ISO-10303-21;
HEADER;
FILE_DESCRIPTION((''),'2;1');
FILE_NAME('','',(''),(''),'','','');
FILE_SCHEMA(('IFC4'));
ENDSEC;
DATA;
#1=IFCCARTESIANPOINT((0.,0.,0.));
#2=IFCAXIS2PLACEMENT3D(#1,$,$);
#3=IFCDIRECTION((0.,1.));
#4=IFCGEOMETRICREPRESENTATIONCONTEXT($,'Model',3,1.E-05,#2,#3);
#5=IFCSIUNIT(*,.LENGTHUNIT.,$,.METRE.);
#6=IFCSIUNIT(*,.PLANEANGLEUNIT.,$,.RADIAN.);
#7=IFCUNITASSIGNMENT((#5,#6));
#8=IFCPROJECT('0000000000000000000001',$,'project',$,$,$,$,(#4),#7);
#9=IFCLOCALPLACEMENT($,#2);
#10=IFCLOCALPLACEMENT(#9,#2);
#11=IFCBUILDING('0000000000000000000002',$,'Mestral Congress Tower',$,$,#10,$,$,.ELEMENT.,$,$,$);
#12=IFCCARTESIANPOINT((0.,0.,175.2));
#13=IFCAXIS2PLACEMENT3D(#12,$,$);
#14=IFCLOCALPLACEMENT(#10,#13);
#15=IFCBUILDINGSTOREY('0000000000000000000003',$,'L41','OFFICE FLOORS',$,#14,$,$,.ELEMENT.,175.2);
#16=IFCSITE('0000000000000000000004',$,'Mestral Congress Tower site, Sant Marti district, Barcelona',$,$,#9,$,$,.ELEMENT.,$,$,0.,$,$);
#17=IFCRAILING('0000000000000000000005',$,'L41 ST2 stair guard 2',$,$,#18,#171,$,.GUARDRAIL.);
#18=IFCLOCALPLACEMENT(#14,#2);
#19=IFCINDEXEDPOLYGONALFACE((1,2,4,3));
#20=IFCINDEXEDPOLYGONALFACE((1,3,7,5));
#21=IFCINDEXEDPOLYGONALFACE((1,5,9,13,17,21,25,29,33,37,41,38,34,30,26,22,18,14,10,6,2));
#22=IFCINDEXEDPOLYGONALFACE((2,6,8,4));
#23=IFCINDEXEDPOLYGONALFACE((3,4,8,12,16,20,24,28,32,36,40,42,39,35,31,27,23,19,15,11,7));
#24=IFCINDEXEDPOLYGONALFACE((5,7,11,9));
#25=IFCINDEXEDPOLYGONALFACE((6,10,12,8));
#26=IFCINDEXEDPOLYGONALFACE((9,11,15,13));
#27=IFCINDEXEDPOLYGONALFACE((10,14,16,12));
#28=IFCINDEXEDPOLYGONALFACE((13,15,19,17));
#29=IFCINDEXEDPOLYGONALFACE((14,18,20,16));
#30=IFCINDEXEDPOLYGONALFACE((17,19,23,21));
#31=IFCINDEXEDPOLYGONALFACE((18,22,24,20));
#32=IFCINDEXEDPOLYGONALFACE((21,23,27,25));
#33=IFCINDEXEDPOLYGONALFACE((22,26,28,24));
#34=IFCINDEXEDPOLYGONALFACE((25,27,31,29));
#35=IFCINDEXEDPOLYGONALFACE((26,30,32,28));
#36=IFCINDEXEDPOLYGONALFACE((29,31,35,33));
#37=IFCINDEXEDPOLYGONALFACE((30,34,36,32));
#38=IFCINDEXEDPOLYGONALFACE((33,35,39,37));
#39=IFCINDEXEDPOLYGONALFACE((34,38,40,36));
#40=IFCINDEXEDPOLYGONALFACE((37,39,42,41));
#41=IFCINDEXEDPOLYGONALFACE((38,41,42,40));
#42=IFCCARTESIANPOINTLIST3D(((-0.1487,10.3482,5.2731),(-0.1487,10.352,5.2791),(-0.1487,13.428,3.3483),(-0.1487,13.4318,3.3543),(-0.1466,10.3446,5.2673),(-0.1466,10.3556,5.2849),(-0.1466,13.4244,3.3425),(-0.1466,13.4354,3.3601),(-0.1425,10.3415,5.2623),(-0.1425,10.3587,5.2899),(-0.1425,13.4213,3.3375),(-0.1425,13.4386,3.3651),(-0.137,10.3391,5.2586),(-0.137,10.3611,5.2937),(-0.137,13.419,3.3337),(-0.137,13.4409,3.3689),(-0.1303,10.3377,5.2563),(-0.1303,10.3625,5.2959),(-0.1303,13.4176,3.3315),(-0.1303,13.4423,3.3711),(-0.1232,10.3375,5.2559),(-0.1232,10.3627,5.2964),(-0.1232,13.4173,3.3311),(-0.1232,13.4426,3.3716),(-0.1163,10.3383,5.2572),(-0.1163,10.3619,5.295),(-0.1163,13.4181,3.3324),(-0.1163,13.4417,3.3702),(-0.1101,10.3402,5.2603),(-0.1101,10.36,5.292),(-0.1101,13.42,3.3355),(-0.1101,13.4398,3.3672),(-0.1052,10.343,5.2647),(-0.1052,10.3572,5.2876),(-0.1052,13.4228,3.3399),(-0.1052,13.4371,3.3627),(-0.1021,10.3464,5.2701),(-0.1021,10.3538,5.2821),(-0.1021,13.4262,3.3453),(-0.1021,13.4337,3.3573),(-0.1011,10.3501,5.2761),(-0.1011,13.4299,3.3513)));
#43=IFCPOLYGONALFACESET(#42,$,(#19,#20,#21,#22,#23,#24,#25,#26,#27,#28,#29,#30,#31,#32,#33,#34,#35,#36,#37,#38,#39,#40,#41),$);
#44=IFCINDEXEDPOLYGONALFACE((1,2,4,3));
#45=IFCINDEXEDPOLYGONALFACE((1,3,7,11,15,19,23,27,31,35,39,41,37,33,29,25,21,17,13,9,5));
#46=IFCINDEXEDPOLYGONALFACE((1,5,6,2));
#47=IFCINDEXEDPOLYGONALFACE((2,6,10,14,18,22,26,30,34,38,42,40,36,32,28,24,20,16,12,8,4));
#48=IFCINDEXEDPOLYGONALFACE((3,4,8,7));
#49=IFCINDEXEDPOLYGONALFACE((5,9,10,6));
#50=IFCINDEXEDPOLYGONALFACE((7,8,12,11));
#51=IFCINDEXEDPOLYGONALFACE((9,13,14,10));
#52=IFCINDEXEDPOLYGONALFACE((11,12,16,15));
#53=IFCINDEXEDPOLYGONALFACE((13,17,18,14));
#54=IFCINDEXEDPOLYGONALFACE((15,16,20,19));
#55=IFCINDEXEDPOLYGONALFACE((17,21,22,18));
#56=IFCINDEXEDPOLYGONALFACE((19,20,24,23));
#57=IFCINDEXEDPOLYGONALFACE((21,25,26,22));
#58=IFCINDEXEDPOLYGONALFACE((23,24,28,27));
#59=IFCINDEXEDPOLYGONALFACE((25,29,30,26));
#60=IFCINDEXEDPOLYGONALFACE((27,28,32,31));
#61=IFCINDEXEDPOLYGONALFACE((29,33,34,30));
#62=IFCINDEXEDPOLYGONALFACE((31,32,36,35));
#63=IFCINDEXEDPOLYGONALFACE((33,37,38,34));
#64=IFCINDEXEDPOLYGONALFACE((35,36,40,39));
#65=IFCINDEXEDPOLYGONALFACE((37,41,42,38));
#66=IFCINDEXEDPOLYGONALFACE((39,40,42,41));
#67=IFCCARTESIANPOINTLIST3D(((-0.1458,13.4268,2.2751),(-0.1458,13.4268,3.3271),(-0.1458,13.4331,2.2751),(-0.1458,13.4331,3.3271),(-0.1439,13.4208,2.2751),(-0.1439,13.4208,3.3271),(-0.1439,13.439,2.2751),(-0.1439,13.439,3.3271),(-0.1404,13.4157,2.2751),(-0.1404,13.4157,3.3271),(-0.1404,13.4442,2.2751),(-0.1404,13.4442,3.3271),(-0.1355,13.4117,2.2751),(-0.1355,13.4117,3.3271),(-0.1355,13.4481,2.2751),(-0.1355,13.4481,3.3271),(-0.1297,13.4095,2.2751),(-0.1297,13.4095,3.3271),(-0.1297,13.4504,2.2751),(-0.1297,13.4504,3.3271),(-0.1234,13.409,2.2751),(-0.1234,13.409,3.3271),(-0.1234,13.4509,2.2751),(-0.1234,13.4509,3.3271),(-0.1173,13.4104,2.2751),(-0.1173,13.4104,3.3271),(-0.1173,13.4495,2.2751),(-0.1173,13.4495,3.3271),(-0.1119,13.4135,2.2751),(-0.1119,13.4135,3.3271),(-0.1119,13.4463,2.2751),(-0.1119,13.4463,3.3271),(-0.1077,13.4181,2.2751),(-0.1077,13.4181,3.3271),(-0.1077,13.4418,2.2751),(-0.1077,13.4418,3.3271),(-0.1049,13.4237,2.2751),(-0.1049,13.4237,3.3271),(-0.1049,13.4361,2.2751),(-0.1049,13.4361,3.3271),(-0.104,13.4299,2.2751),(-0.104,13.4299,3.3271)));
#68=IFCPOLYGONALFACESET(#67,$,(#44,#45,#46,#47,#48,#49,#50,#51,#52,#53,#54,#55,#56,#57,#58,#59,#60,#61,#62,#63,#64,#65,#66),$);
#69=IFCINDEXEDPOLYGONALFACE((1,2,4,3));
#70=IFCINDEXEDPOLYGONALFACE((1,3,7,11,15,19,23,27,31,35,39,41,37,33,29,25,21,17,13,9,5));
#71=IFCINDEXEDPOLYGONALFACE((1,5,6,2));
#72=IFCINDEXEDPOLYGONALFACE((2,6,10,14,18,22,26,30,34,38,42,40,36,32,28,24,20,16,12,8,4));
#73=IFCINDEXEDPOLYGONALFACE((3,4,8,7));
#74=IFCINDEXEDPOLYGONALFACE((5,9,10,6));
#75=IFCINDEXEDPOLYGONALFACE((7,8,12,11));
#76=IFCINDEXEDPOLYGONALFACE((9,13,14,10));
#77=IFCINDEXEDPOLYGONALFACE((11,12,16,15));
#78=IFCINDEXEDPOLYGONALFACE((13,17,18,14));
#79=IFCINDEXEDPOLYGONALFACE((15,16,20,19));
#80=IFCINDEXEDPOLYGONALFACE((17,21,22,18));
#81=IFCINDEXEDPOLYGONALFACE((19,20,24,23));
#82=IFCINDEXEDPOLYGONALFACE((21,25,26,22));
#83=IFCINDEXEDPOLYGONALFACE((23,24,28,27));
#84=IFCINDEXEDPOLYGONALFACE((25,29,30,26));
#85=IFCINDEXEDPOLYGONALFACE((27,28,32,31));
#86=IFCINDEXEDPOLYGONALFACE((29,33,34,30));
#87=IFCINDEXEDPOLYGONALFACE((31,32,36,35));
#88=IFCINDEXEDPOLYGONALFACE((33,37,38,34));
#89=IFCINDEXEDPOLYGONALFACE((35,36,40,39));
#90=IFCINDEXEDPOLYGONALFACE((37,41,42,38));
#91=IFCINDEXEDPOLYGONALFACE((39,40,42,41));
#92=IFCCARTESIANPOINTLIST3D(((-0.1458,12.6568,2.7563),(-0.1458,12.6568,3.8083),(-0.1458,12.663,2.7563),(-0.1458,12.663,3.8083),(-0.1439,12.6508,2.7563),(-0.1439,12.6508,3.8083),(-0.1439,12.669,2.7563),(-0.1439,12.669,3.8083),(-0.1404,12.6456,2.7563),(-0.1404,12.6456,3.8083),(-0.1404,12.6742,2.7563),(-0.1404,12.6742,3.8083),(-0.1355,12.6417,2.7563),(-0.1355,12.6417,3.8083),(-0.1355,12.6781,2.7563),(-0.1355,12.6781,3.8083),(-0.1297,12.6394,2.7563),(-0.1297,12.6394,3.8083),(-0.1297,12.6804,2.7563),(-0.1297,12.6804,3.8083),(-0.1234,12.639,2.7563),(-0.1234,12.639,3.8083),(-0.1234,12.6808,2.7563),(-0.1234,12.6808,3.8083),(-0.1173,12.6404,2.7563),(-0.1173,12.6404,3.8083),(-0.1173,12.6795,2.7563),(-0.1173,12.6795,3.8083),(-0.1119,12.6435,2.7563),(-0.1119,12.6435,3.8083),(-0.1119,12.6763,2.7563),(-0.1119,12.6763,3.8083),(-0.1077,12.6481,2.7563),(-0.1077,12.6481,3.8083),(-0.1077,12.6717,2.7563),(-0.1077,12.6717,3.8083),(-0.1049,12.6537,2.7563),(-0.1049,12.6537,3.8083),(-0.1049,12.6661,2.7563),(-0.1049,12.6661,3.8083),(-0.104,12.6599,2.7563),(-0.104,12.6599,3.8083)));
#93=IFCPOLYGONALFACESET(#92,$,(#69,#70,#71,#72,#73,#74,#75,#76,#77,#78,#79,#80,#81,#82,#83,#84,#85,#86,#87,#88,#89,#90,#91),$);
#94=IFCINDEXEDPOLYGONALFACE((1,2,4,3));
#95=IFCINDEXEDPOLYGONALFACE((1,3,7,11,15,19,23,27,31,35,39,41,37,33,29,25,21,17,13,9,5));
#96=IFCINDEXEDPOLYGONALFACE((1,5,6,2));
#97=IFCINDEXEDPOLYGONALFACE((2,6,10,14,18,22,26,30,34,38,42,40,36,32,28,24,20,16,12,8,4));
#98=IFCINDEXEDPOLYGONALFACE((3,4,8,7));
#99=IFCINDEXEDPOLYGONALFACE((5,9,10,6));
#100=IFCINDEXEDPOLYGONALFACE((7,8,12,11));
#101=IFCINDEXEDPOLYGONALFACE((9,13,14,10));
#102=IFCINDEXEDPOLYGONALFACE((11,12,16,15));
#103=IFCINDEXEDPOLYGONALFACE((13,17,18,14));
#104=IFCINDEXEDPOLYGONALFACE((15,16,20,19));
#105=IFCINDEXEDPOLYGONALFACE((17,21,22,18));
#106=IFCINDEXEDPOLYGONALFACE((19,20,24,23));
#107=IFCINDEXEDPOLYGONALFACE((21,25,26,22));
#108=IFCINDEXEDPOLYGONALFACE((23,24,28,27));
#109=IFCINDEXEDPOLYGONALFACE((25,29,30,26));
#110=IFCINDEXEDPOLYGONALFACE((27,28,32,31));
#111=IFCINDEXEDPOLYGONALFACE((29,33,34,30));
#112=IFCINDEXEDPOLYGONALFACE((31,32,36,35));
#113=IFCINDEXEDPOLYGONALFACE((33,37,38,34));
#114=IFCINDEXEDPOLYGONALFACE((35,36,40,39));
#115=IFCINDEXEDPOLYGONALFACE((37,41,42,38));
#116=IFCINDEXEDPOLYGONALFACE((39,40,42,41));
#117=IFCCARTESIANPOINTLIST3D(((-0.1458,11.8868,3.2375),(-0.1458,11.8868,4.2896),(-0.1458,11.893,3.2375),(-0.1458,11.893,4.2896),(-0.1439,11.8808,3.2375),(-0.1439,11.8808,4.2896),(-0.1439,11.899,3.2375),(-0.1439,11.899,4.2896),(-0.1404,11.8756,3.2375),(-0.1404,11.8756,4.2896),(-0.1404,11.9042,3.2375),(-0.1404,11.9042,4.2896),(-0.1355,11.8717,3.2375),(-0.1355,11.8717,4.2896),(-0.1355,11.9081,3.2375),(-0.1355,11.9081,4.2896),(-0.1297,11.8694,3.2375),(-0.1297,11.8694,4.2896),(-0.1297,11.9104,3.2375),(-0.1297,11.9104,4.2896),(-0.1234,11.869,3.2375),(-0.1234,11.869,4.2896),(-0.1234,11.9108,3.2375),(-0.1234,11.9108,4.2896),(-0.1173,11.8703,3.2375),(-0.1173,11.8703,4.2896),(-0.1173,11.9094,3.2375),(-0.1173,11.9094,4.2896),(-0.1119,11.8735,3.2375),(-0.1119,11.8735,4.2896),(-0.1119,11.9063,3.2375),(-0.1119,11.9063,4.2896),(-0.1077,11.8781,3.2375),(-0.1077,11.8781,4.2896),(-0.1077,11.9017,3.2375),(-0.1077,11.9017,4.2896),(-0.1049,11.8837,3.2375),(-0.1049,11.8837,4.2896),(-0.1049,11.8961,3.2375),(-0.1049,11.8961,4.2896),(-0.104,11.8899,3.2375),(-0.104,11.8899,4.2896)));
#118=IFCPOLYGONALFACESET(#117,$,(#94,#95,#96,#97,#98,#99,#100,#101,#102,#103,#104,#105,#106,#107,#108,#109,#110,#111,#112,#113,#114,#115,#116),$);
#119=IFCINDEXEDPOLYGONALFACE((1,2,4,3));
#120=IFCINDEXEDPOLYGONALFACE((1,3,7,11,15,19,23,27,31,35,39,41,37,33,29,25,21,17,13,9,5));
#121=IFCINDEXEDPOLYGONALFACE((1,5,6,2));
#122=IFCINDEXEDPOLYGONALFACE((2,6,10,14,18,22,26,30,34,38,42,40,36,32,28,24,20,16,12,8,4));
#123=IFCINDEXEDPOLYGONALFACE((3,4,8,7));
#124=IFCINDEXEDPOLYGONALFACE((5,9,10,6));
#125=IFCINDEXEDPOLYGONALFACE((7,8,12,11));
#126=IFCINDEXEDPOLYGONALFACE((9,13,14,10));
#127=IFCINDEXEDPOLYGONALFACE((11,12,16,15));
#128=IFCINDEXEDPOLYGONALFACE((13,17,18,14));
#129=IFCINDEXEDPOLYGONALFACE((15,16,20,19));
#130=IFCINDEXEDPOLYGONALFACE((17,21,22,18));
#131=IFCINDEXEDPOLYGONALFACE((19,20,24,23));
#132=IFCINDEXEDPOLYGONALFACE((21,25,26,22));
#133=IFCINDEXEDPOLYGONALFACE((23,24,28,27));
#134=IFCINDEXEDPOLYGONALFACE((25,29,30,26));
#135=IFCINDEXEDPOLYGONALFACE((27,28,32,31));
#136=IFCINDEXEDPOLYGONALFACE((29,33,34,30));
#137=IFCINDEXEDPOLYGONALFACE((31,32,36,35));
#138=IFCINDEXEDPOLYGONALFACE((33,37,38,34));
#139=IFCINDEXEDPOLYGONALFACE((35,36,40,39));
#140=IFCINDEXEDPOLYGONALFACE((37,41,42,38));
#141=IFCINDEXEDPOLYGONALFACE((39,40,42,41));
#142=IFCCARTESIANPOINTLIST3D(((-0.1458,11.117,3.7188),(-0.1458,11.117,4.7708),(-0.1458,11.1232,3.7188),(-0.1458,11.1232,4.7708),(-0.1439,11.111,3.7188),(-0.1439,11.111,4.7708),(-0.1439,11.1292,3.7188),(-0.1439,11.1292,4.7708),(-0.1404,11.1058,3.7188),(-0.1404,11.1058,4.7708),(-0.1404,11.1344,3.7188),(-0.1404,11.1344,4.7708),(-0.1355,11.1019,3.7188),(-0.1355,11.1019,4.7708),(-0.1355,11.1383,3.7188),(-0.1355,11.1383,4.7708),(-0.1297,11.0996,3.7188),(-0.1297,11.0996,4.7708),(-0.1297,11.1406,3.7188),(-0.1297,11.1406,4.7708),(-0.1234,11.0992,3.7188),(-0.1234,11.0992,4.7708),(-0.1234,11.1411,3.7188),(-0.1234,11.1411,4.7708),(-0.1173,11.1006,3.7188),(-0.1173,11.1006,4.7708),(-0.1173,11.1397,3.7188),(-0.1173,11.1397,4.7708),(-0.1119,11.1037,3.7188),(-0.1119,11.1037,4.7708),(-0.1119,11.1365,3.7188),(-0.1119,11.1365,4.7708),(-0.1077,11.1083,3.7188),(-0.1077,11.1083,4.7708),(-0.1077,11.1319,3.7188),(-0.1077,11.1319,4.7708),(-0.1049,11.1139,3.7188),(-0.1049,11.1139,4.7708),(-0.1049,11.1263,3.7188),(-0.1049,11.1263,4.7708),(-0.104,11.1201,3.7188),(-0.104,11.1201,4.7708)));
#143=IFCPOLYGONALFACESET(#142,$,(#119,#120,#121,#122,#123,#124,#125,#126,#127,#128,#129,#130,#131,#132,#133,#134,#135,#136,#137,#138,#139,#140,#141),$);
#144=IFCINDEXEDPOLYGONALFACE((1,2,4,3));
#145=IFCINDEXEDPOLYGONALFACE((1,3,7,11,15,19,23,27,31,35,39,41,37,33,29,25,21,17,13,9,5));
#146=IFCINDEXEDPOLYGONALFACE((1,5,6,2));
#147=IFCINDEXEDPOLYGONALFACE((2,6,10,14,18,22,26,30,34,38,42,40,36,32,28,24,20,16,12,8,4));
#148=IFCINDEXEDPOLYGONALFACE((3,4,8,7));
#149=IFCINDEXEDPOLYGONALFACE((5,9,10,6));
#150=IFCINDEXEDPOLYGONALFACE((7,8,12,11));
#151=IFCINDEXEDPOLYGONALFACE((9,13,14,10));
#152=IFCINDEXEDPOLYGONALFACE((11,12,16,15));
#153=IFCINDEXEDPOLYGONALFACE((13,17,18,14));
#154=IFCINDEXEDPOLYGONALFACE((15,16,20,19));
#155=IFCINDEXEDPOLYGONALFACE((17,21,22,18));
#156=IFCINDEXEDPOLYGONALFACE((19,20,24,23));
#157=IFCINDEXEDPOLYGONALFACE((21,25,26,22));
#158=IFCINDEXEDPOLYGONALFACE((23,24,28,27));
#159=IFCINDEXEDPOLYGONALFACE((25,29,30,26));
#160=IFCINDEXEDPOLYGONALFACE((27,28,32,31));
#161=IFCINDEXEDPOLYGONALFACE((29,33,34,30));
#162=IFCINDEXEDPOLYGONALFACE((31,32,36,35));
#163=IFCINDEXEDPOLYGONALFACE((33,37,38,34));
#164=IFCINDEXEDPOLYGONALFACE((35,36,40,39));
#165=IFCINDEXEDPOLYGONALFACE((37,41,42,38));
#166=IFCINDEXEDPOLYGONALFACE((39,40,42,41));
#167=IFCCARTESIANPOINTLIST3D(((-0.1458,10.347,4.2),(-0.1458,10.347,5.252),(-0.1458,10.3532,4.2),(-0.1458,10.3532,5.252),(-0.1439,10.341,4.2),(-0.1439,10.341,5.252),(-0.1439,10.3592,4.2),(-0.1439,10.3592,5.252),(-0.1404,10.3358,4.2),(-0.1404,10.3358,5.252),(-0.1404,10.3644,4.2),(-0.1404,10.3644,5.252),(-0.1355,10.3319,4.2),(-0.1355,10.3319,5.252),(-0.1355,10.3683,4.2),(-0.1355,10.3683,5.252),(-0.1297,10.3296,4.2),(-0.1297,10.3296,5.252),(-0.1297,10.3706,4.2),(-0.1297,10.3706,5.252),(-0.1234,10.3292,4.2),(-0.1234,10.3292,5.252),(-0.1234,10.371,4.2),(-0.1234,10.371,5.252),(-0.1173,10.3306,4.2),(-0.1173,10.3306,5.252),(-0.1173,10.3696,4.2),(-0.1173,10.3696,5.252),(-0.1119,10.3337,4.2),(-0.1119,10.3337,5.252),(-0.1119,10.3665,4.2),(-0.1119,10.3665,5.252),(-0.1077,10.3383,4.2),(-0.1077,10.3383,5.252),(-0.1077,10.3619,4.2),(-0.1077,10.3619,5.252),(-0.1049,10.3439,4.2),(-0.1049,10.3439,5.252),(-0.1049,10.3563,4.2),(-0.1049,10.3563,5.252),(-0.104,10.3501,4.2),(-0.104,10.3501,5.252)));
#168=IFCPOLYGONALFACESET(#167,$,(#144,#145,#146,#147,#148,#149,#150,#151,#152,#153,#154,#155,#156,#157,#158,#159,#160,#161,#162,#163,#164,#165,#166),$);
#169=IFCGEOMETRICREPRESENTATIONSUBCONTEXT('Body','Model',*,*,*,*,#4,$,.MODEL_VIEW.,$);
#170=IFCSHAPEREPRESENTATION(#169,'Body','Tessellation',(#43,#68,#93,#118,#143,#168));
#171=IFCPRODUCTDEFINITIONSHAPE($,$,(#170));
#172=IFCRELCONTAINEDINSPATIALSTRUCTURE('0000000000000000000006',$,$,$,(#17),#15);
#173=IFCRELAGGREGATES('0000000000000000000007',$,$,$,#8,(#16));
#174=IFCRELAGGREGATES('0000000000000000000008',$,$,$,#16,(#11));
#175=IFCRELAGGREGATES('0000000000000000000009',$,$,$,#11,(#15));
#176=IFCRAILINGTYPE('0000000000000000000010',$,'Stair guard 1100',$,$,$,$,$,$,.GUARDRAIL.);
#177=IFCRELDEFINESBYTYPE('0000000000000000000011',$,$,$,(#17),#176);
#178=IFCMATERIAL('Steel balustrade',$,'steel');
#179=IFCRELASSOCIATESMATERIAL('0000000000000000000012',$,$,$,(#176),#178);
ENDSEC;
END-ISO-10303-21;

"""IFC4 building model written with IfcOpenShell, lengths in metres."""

from ifc_helpers import new_model, si_unit, direction, frame, origin, origin_2d, place, context, subcontext, project, spatial, circle, extrude, material, type_object, element, save


model = new_model("IFC4")

# Units and contexts
model_context = context("Model", 3, precision=1e-05, world=origin(), true_north=direction((0.0, 1.0)))
body_context = subcontext(model_context, "Body", "Model", "MODEL_VIEW")
ifc_project = project(units=[si_unit("LENGTHUNIT", "METRE"), si_unit("PLANEANGLEUNIT", "RADIAN")], contexts=[model_context])

# Site, building, storey
site_placement = place(None, origin())
site = spatial("IfcSite", under=ifc_project, at=site_placement, Name="Mestral Congress Tower site, Sant Marti district, Barcelona", CompositionType="ELEMENT", RefElevation=0.0)
building_placement = place(site_placement, origin())
building = spatial("IfcBuilding", under=site, at=building_placement, Name="Mestral Congress Tower", CompositionType="ELEMENT")
storey_placement = place(building_placement, frame((0.0, 0.0, 175.2)))
storey = spatial("IfcBuildingStorey", under=building, at=storey_placement, Name="L41", Description="OFFICE FLOORS", CompositionType="ELEMENT", Elevation=175.2)

# Railing
ifc_material_1 = material(Name="Steel balustrade", Category="steel")
railing_type = type_object("IfcRailingType", Name="Stair guard 1100", PredefinedType="GUARDRAIL", material=ifc_material_1)
railing_placement = place(storey_placement, frame((-0.125, 13.4299, 2.2751)))
element("IfcRailing", 1, at=railing_placement, inside=storey, type_object=railing_type, Name="L41 ST2 stair guard 2", PredefinedType="GUARDRAIL", context=body_context, shape_type="SweptSolid", body=[
    extrude(circle(Radius=0.0239, at=origin_2d()), frame((0.0, 0.0, 1.0762), z_axis=(0.0, -0.84801, 0.529981), x_axis=(1.0, 0.0, 0.0)), (0.0, 0.0, 1.0), 3.6318),
    extrude(circle(Radius=0.021, at=origin_2d()), origin(), (0.0, 0.0, 1.0), 1.052),
    extrude(circle(Radius=0.021, at=origin_2d()), frame((0.0, -0.77, 0.4812)), (0.0, 0.0, 1.0), 1.052),
    extrude(circle(Radius=0.021, at=origin_2d()), frame((0.0, -1.54, 0.9624)), (0.0, 0.0, 1.0), 1.052),
    extrude(circle(Radius=0.021, at=origin_2d()), frame((0.0, -2.3098, 1.4436)), (0.0, 0.0, 1.0), 1.052),
    extrude(circle(Radius=0.021, at=origin_2d()), frame((0.0, -3.0798, 1.9248)), (0.0, 0.0, 1.0), 1.052),
])

save(model, "model.ifc")
